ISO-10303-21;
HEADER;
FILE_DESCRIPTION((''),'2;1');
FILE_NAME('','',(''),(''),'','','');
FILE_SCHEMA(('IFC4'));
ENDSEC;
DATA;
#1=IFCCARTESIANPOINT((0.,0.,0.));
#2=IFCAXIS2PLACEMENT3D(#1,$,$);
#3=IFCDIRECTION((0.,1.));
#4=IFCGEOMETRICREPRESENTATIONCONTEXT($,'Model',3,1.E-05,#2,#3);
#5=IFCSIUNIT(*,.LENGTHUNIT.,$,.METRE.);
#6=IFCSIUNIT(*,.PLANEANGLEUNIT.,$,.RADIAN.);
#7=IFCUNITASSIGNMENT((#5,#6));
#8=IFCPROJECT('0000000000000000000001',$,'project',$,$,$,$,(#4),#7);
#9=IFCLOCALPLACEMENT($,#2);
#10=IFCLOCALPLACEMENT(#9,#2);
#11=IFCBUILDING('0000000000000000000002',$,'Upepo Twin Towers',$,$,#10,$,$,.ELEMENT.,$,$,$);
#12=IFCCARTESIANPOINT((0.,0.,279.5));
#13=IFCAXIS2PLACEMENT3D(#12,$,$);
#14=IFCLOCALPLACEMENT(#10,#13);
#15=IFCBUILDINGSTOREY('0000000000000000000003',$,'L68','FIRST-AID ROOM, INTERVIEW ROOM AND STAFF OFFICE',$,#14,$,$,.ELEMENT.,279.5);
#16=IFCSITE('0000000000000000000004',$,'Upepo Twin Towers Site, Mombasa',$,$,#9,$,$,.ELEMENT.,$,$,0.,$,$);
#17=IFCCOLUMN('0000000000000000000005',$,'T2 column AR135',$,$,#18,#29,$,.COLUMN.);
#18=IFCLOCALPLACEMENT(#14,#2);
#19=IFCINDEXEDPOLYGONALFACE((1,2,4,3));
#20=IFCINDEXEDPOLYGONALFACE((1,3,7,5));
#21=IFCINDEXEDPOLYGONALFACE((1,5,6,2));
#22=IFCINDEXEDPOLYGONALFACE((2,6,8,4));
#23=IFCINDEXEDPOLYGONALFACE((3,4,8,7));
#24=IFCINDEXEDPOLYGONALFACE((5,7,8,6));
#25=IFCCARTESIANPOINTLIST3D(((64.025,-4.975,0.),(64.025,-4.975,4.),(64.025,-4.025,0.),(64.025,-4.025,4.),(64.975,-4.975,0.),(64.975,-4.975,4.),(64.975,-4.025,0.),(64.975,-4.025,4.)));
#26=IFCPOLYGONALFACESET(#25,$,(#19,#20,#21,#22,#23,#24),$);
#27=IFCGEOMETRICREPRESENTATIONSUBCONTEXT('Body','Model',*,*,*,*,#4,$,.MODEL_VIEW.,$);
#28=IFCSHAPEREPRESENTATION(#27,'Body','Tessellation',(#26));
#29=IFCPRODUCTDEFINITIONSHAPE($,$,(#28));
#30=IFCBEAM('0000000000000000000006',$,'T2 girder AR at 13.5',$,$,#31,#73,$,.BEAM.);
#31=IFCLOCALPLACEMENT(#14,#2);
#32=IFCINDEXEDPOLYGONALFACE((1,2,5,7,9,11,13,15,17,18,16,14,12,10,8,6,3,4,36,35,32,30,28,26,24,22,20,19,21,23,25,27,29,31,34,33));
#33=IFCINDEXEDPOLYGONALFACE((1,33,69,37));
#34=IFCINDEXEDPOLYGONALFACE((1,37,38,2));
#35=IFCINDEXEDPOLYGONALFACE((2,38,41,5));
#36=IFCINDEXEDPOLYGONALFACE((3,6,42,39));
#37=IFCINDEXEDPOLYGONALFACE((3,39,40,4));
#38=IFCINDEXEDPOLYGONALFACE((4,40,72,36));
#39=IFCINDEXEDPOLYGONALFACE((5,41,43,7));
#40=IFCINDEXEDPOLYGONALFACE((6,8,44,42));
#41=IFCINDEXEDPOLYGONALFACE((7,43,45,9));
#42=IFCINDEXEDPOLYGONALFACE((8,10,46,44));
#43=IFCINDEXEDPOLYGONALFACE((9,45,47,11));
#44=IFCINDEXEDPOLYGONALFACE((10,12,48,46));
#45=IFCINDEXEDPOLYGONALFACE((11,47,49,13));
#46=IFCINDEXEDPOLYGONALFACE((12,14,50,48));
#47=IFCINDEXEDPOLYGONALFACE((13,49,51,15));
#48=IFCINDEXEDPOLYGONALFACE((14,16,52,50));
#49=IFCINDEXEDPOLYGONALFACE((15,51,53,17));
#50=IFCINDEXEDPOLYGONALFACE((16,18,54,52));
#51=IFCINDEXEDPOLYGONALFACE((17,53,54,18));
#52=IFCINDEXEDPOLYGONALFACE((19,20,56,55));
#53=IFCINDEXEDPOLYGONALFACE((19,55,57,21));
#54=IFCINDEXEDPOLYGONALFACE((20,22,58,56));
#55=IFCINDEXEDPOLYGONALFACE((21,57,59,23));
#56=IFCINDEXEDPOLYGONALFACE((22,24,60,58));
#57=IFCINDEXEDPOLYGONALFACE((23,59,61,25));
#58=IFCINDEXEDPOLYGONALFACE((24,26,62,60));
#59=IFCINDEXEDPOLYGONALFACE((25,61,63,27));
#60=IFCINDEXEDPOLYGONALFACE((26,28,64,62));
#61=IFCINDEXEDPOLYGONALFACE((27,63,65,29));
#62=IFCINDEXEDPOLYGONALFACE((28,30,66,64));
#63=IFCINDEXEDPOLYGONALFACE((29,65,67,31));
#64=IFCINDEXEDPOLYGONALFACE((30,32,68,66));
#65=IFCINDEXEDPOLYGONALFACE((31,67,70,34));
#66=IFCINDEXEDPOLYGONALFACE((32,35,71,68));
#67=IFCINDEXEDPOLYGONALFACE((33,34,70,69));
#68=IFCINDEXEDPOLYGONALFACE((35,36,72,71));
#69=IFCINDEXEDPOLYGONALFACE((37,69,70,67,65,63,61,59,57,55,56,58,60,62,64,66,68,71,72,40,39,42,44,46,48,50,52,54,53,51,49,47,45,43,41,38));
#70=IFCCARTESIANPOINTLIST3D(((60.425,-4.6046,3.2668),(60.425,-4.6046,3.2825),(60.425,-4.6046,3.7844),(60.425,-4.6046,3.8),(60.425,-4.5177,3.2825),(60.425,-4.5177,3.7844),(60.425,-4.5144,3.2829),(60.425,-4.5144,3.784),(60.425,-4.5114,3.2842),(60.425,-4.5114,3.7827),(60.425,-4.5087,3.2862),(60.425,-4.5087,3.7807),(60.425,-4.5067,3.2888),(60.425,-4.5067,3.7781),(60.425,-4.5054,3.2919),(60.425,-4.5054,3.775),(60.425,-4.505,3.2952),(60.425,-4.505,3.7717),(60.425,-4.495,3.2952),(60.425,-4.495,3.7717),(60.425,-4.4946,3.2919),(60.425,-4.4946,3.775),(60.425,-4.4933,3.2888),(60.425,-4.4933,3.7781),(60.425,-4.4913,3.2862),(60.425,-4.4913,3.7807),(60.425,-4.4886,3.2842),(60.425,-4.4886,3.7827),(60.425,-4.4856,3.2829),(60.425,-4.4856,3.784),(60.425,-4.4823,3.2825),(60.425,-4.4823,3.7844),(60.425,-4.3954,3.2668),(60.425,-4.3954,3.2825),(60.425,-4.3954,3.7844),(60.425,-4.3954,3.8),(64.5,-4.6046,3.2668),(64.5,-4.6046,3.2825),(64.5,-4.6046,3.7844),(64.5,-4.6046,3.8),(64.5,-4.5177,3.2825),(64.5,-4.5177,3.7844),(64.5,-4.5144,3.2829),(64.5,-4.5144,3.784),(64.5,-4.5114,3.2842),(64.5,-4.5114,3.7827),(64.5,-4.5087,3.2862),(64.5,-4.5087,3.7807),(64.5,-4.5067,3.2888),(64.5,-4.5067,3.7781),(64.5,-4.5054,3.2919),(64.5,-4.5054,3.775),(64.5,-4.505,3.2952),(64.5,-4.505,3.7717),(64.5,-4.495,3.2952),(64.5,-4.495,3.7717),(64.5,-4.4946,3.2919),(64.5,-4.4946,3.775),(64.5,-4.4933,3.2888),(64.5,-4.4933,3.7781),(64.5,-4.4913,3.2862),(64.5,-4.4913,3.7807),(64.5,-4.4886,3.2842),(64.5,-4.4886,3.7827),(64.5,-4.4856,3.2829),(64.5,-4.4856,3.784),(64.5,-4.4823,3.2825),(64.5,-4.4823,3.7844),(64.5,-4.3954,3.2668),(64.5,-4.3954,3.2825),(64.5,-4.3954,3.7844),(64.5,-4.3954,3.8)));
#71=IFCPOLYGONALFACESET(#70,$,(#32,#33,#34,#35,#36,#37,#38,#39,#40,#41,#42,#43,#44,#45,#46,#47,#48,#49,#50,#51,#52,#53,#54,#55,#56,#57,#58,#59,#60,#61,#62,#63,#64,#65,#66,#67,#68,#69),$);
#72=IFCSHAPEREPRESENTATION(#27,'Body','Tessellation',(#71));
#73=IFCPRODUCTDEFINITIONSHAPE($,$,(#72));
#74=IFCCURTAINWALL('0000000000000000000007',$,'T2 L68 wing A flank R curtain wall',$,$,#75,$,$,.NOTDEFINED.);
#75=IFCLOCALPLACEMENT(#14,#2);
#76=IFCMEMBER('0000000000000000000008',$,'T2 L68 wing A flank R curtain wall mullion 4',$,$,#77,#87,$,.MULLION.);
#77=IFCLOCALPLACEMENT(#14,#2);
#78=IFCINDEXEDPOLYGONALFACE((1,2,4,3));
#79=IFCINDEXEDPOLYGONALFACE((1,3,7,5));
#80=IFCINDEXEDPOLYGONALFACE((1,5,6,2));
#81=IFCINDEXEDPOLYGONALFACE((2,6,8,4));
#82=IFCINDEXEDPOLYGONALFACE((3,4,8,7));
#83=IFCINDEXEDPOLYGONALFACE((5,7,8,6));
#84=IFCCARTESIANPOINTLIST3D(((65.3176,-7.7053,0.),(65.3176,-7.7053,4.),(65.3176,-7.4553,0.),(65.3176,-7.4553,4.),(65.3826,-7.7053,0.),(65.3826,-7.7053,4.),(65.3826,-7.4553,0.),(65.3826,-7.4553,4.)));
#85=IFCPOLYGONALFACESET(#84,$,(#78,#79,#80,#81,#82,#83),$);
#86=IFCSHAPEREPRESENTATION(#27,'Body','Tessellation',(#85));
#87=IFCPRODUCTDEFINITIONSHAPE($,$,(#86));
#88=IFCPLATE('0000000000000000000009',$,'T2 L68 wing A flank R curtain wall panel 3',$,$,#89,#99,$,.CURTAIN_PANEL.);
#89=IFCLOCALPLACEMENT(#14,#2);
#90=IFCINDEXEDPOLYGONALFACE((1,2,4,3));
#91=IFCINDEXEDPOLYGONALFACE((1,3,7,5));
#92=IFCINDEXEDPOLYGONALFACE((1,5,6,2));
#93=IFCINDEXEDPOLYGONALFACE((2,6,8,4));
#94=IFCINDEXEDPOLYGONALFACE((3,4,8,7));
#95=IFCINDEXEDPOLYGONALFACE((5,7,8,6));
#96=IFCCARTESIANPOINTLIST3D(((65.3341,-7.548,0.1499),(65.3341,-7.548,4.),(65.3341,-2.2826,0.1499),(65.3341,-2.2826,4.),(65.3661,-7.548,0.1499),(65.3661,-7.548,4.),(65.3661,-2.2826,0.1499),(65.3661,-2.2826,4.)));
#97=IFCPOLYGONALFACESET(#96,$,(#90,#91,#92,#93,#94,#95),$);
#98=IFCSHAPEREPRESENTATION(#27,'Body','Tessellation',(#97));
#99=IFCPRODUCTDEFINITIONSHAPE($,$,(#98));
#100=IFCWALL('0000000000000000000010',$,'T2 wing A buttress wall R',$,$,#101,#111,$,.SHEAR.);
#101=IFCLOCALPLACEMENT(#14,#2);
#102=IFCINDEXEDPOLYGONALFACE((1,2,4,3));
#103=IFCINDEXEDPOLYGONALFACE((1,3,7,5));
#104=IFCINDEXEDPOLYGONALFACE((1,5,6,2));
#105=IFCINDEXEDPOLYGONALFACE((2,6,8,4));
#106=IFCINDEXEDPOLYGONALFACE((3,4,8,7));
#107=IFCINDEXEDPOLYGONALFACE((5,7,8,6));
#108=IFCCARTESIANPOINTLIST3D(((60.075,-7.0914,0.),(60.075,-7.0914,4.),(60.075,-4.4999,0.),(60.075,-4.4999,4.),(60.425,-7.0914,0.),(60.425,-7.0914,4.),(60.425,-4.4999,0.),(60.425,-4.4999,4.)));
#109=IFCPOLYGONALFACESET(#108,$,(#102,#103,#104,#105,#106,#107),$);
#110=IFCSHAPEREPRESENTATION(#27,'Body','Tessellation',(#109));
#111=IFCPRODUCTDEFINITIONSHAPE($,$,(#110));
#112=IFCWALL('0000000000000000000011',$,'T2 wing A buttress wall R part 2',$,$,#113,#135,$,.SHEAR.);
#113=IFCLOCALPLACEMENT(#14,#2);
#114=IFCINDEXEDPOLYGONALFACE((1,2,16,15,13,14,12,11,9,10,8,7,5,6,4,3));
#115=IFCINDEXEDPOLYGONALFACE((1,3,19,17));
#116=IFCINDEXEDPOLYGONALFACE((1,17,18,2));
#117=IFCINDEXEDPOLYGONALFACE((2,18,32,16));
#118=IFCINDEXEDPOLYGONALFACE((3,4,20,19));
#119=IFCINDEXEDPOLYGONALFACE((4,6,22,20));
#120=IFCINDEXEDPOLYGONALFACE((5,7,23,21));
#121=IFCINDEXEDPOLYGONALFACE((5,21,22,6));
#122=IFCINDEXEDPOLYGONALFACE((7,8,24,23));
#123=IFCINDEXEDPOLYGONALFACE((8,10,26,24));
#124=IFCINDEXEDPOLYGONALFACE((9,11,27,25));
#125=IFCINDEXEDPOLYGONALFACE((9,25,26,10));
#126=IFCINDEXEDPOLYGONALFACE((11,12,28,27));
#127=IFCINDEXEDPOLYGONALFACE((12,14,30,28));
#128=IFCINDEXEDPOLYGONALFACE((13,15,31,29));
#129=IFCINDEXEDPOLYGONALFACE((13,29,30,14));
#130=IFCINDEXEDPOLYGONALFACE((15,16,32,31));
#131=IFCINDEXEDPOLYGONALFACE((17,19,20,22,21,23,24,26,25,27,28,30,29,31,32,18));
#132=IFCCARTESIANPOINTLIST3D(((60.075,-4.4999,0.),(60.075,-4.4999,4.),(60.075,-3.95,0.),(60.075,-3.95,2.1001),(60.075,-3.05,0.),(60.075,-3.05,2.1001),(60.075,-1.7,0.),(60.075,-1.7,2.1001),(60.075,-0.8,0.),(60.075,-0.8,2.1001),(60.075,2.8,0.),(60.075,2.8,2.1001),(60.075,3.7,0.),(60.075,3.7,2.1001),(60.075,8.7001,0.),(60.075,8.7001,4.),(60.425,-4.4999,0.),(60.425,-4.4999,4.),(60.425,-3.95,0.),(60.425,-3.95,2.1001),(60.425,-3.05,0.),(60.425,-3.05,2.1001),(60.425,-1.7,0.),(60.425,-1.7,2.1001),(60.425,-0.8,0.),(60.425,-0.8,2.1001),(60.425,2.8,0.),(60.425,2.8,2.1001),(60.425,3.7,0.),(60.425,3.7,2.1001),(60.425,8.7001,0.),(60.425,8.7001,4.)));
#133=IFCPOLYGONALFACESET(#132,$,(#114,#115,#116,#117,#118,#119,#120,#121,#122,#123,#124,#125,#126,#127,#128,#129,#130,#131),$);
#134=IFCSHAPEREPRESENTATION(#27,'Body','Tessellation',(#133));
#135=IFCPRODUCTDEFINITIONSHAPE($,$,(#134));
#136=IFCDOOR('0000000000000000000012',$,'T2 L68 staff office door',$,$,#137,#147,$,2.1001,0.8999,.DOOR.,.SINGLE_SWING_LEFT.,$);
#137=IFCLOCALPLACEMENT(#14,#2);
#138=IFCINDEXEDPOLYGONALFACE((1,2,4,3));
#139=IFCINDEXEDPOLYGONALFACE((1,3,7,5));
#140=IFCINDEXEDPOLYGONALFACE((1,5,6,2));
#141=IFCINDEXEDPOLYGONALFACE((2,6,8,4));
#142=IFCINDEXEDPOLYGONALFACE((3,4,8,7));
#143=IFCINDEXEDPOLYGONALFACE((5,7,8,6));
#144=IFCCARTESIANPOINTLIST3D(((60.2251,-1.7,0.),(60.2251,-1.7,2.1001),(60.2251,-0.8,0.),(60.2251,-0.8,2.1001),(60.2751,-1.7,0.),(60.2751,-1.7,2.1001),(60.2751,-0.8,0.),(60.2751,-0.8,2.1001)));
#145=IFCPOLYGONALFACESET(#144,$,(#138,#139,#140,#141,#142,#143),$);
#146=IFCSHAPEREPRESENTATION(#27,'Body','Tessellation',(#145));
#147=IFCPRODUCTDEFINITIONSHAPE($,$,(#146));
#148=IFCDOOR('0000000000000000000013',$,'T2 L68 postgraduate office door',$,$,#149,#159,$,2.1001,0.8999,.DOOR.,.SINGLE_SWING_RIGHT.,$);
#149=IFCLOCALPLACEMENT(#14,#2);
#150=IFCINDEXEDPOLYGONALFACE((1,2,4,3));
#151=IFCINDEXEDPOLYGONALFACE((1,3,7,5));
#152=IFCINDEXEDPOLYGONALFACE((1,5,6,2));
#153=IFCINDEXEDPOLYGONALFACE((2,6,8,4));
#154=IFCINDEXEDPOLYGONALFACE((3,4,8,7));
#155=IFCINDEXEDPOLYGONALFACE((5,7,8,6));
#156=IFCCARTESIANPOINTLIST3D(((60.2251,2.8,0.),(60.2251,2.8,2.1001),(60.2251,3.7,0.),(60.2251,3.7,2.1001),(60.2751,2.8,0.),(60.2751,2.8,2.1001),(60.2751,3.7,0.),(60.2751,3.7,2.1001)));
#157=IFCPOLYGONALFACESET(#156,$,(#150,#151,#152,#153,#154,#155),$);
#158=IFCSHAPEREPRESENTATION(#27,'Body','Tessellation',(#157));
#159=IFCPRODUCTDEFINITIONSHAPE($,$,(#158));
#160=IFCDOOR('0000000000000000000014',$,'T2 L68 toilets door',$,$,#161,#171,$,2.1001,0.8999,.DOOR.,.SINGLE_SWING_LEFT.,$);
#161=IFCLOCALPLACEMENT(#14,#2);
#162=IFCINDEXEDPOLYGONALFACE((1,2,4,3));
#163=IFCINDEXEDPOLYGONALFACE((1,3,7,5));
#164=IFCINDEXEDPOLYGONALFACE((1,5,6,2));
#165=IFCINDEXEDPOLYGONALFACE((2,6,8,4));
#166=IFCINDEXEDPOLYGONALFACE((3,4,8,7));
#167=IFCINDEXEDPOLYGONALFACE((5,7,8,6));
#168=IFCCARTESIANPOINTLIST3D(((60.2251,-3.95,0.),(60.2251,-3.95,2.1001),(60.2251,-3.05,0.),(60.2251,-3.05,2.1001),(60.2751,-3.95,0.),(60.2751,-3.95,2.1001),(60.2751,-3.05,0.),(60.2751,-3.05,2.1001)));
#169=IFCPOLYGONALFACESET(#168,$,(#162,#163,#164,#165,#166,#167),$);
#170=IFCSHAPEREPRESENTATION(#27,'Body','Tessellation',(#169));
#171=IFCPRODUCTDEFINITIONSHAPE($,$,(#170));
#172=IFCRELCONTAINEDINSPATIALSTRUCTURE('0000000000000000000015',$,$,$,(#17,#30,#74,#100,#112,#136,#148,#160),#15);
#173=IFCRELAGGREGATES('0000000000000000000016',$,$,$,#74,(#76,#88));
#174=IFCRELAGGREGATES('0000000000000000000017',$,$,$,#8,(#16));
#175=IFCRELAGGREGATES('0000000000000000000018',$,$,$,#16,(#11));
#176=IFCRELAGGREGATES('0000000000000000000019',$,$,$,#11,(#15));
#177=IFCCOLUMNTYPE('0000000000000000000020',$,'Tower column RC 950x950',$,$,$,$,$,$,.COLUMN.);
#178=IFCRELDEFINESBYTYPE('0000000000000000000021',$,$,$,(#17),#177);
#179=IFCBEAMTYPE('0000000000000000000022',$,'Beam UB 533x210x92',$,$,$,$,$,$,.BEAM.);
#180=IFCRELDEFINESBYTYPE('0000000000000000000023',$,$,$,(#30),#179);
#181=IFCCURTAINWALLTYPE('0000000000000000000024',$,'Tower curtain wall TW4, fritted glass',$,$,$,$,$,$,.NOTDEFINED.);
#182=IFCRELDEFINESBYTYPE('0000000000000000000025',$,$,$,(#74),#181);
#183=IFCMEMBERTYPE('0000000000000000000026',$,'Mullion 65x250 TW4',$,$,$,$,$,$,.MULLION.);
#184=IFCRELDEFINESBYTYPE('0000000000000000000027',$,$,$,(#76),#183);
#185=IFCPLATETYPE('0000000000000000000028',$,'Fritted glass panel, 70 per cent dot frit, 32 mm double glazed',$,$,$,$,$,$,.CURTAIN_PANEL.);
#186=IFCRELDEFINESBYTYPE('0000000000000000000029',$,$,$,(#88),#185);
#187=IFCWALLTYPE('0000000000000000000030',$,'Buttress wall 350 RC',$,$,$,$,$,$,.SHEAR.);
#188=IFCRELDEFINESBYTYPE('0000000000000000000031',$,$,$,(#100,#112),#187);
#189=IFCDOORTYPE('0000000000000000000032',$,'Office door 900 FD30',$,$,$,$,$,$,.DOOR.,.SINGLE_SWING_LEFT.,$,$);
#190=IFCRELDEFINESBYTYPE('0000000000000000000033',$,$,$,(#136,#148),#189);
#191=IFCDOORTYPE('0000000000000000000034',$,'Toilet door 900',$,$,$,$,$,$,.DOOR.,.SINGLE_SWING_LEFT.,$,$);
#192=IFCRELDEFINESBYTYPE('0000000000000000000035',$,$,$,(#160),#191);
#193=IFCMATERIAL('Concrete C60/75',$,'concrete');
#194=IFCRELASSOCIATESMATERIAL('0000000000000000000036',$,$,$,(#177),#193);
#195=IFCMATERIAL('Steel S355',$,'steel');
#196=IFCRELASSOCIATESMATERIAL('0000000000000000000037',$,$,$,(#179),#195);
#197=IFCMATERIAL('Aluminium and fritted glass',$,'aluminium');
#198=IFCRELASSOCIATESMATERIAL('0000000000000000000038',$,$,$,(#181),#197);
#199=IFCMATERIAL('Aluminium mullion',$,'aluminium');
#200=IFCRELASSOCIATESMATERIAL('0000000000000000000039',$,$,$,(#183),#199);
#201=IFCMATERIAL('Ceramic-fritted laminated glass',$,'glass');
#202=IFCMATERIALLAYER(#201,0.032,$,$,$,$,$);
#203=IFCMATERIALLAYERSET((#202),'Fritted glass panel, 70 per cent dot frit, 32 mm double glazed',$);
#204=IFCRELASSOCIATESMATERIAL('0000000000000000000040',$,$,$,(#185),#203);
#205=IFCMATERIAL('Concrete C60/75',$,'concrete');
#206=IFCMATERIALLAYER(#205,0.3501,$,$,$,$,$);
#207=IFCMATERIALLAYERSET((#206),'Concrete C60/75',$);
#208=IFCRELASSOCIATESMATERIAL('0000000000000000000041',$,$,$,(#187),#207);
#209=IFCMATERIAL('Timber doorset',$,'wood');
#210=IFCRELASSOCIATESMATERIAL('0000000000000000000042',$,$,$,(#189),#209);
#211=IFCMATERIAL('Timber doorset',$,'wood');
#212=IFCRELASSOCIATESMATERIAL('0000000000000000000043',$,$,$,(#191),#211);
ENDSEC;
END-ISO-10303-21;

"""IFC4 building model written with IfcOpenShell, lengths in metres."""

from ifc_helpers import new_model, si_unit, direction, frame, frame_2d, origin, origin_2d, place, context, subcontext, project, spatial, rectangle, i_section, extrude, material, layer, layer_set, material_profile, profile_set, type_object, element, fill, aggregate, save


model = new_model("IFC4")

# Units and contexts
model_context = context("Model", 3, precision=1e-05, world=origin(), true_north=direction((0.0, 1.0)))
body_context = subcontext(model_context, "Body", "Model", "MODEL_VIEW")
ifc_project = project(units=[si_unit("LENGTHUNIT", "METRE"), si_unit("PLANEANGLEUNIT", "RADIAN")], contexts=[model_context])

# Site, building, storey
site_placement = place(None, origin())
site = spatial("IfcSite", under=ifc_project, at=site_placement, Name="Upepo Twin Towers Site, Mombasa", CompositionType="ELEMENT", RefElevation=0.0)
building_placement = place(site_placement, origin())
building = spatial("IfcBuilding", under=site, at=building_placement, Name="Upepo Twin Towers", CompositionType="ELEMENT")
storey_placement = place(building_placement, frame((0.0, 0.0, 279.5)))
storey = spatial("IfcBuildingStorey", under=building, at=storey_placement, Name="L68", Description="FIRST-AID ROOM, INTERVIEW ROOM AND STAFF OFFICE", CompositionType="ELEMENT", Elevation=279.5)

# Column
ifc_material_1 = material(Name="Concrete C60/75", Category="concrete")
ifc_material_profile_1 = material_profile(ifc_material_1, rectangle(XDim=0.95, YDim=0.95, at=origin_2d()), Name="RC 950x950")
ifc_profile_set_1 = profile_set([ifc_material_profile_1], Name="Concrete C60/75")
column_type = type_object("IfcColumnType", Name="Tower column RC 950x950", PredefinedType="COLUMN", material=ifc_profile_set_1)
column_placement = place(storey_placement, frame((64.5, -4.5, 0.0), z_axis=(0.0, 0.0, 1.0), x_axis=(1.0, 0.0, 0.0)))
element("IfcColumn", 1, at=column_placement, inside=storey, type_object=column_type, Name="T2 column AR135", PredefinedType="COLUMN", context=body_context, shape_type="SweptSolid", body=[
    extrude(rectangle(XDim=0.95, YDim=0.95, at=origin_2d()), origin(), (0.0, 0.0, 1.0), 4.0),
])

# Beam
ifc_material_2 = material(Name="Steel S355", Category="steel")
ifc_material_profile_2 = material_profile(ifc_material_2, i_section(OverallWidth=0.2092, OverallDepth=0.5332, WebThickness=0.01, FlangeThickness=0.0156, FilletRadius=0.0127, at=origin_2d()), Name="UB 533x210x92")
ifc_profile_set_2 = profile_set([ifc_material_profile_2], Name="Steel S355")
beam_type = type_object("IfcBeamType", Name="Beam UB 533x210x92", PredefinedType="BEAM", material=ifc_profile_set_2)
beam_placement = place(storey_placement, frame((64.5, -4.5, 3.5334), z_axis=(-1.0, 0.0, 0.0), x_axis=(0.0, -1.0, 0.0)))
element("IfcBeam", 2, at=beam_placement, inside=storey, type_object=beam_type, Name="T2 girder AR at 13.5", PredefinedType="BEAM", context=body_context, shape_type="SweptSolid", body=[
    extrude(i_section(OverallWidth=0.2092, OverallDepth=0.5332, WebThickness=0.01, FlangeThickness=0.0156, FilletRadius=0.0127, at=origin_2d()), origin(), (0.0, 0.0, 1.0), 4.075),
])

# Curtain wall, member, plate
ifc_material_3 = material(Name="Aluminium and fritted glass", Category="aluminium")
curtain_wall_type = type_object("IfcCurtainWallType", Name="Tower curtain wall TW4, fritted glass", PredefinedType="NOTDEFINED", material=ifc_material_3)
curtain_wall_placement = place(storey_placement, origin())
curtain_wall = element("IfcCurtainWall", 3, at=curtain_wall_placement, inside=storey, type_object=curtain_wall_type, Name="T2 L68 wing A flank R curtain wall", PredefinedType="NOTDEFINED")
ifc_material_4 = material(Name="Aluminium mullion", Category="aluminium")
ifc_material_profile_3 = material_profile(ifc_material_4, rectangle(XDim=0.0649, YDim=0.25, at=origin_2d()), Name="MULLION 65x250")
ifc_profile_set_3 = profile_set([ifc_material_profile_3], Name="Aluminium mullion")
member_type = type_object("IfcMemberType", Name="Mullion 65x250 TW4", PredefinedType="MULLION", material=ifc_profile_set_3)
member_placement = place(storey_placement, frame((65.3501, -7.5803, 0.0), z_axis=(0.0, 0.0, 1.0), x_axis=(1.0, 0.0, 0.0)))
member = element("IfcMember", 4, at=member_placement, type_object=member_type, Name="T2 L68 wing A flank R curtain wall mullion 4", PredefinedType="MULLION", context=body_context, shape_type="SweptSolid", body=[
    extrude(rectangle(XDim=0.0649, YDim=0.25, at=origin_2d()), origin(), (0.0, 0.0, 1.0), 4.0),
])
ifc_material_5 = material(Name="Ceramic-fritted laminated glass", Category="glass")
ifc_layer_1 = layer(ifc_material_5, 0.032)
ifc_layer_set_1 = layer_set([ifc_layer_1], Name="Fritted glass panel, 70 per cent dot frit, 32 mm double glazed")
plate_type = type_object("IfcPlateType", Name="Fritted glass panel, 70 per cent dot frit, 32 mm double glazed", PredefinedType="CURTAIN_PANEL", material=ifc_layer_set_1)
plate_placement = place(storey_placement, frame((65.3501, -4.9153, 0.1499), z_axis=(0.0, 0.0, 1.0), x_axis=(0.0, -1.0, 0.0)))
plate = element("IfcPlate", 5, at=plate_placement, type_object=plate_type, Name="T2 L68 wing A flank R curtain wall panel 3", PredefinedType="CURTAIN_PANEL", context=body_context, shape_type="SweptSolid", body=[
    extrude(rectangle(XDim=5.2654, YDim=0.032, at=origin_2d()), origin(), (0.0, 0.0, 1.0), 3.8501),
])
aggregate(curtain_wall, [member, plate])

# Wall
ifc_material_6 = material(Name="Concrete C60/75", Category="concrete")
ifc_layer_2 = layer(ifc_material_6, 0.3501)
ifc_layer_set_2 = layer_set([ifc_layer_2], Name="Concrete C60/75")
wall_type_1 = type_object("IfcWallType", Name="Buttress wall 350 RC", PredefinedType="SHEAR", material=ifc_layer_set_2)
wall_1_placement = place(storey_placement, frame((60.25, -7.0916, 0.0), z_axis=(0.0, 0.0, 1.0), x_axis=(0.0, 1.0, 0.0)))
element("IfcWall", 6, at=wall_1_placement, inside=storey, type_object=wall_type_1, Name="T2 wing A buttress wall R", PredefinedType="SHEAR", context=body_context, shape_type="SweptSolid", body=[
    extrude(rectangle(XDim=2.5916, YDim=0.3501, at=frame_2d((1.2959, 0.0))), origin(), (0.0, 0.0, 1.0), 4.0),
])

# Wall, openings, doors
wall_2_placement = place(storey_placement, frame((60.25, -4.5, 0.0), z_axis=(0.0, 0.0, 1.0), x_axis=(0.0, 1.0, 0.0)))
wall_2 = element("IfcWall", 7, at=wall_2_placement, inside=storey, type_object=wall_type_1, Name="T2 wing A buttress wall R part 2", PredefinedType="SHEAR", context=body_context, shape_type="SweptSolid", body=[
    extrude(rectangle(XDim=13.2, YDim=0.3501, at=frame_2d((6.6001, 0.0))), origin(), (0.0, 0.0, 1.0), 4.0),
])
opening_1_placement = place(wall_2_placement, frame((0.55, 0.0, 0.0)))
opening_1 = element("IfcOpeningElement", 8, at=opening_1_placement, cuts=wall_2, PredefinedType="OPENING", context=body_context, shape_type="SweptSolid", body=[
    extrude(rectangle(XDim=0.8999, YDim=2.1001, at=frame_2d((0.45, 1.05))), frame((0.0, 0.1851, 0.0), z_axis=(0.0, -1.0, 0.0), x_axis=(1.0, 0.0, 0.0)), (0.0, 0.0, 1.0), 0.3701),
])
opening_2_placement = place(wall_2_placement, frame((2.8, 0.0, 0.0)))
opening_2 = element("IfcOpeningElement", 9, at=opening_2_placement, cuts=wall_2, PredefinedType="OPENING", context=body_context, shape_type="SweptSolid", body=[
    extrude(rectangle(XDim=0.8999, YDim=2.1001, at=frame_2d((0.45, 1.05))), frame((0.0, 0.1851, 0.0), z_axis=(0.0, -1.0, 0.0), x_axis=(1.0, 0.0, 0.0)), (0.0, 0.0, 1.0), 0.3701),
])
opening_3_placement = place(wall_2_placement, frame((7.3, 0.0, 0.0)))
opening_3 = element("IfcOpeningElement", 10, at=opening_3_placement, cuts=wall_2, PredefinedType="OPENING", context=body_context, shape_type="SweptSolid", body=[
    extrude(rectangle(XDim=0.8999, YDim=2.1001, at=frame_2d((0.45, 1.05))), frame((0.0, 0.1851, 0.0), z_axis=(0.0, -1.0, 0.0), x_axis=(1.0, 0.0, 0.0)), (0.0, 0.0, 1.0), 0.3701),
])
ifc_material_7 = material(Name="Timber doorset", Category="wood")
door_type_1 = type_object("IfcDoorType", Name="Office door 900 FD30", OperationType="SINGLE_SWING_LEFT", PredefinedType="DOOR", material=ifc_material_7)
door_1_placement = place(opening_2_placement, origin())
door_1 = element("IfcDoor", 11, at=door_1_placement, inside=storey, type_object=door_type_1, Name="T2 L68 staff office door", OperationType="SINGLE_SWING_LEFT", OverallHeight=2.1001, OverallWidth=0.8999, PredefinedType="DOOR", context=body_context, shape_type="SweptSolid", body=[
    extrude(rectangle(XDim=0.8999, YDim=2.1001, at=frame_2d((0.45, 1.05))), frame((0.0, 0.0249, 0.0), z_axis=(0.0, -1.0, 0.0), x_axis=(1.0, 0.0, 0.0)), (0.0, 0.0, 1.0), 0.05),
])
fill(opening_2, door_1)
door_2_placement = place(opening_3_placement, origin())
door_2 = element("IfcDoor", 12, at=door_2_placement, inside=storey, type_object=door_type_1, Name="T2 L68 postgraduate office door", OperationType="SINGLE_SWING_RIGHT", OverallHeight=2.1001, OverallWidth=0.8999, PredefinedType="DOOR", context=body_context, shape_type="SweptSolid", body=[
    extrude(rectangle(XDim=0.8999, YDim=2.1001, at=frame_2d((0.45, 1.05))), frame((0.0, 0.0249, 0.0), z_axis=(0.0, -1.0, 0.0), x_axis=(1.0, 0.0, 0.0)), (0.0, 0.0, 1.0), 0.05),
])
fill(opening_3, door_2)
ifc_material_8 = material(Name="Timber doorset", Category="wood")
door_type_2 = type_object("IfcDoorType", Name="Toilet door 900", OperationType="SINGLE_SWING_LEFT", PredefinedType="DOOR", material=ifc_material_8)
door_3_placement = place(opening_1_placement, origin())
door_3 = element("IfcDoor", 13, at=door_3_placement, inside=storey, type_object=door_type_2, Name="T2 L68 toilets door", OperationType="SINGLE_SWING_LEFT", OverallHeight=2.1001, OverallWidth=0.8999, PredefinedType="DOOR", context=body_context, shape_type="SweptSolid", body=[
    extrude(rectangle(XDim=0.8999, YDim=2.1001, at=frame_2d((0.45, 1.05))), frame((0.0, 0.0249, 0.0), z_axis=(0.0, -1.0, 0.0), x_axis=(1.0, 0.0, 0.0)), (0.0, 0.0, 1.0), 0.05),
])
fill(opening_1, door_3)

save(model, "model.ifc")
